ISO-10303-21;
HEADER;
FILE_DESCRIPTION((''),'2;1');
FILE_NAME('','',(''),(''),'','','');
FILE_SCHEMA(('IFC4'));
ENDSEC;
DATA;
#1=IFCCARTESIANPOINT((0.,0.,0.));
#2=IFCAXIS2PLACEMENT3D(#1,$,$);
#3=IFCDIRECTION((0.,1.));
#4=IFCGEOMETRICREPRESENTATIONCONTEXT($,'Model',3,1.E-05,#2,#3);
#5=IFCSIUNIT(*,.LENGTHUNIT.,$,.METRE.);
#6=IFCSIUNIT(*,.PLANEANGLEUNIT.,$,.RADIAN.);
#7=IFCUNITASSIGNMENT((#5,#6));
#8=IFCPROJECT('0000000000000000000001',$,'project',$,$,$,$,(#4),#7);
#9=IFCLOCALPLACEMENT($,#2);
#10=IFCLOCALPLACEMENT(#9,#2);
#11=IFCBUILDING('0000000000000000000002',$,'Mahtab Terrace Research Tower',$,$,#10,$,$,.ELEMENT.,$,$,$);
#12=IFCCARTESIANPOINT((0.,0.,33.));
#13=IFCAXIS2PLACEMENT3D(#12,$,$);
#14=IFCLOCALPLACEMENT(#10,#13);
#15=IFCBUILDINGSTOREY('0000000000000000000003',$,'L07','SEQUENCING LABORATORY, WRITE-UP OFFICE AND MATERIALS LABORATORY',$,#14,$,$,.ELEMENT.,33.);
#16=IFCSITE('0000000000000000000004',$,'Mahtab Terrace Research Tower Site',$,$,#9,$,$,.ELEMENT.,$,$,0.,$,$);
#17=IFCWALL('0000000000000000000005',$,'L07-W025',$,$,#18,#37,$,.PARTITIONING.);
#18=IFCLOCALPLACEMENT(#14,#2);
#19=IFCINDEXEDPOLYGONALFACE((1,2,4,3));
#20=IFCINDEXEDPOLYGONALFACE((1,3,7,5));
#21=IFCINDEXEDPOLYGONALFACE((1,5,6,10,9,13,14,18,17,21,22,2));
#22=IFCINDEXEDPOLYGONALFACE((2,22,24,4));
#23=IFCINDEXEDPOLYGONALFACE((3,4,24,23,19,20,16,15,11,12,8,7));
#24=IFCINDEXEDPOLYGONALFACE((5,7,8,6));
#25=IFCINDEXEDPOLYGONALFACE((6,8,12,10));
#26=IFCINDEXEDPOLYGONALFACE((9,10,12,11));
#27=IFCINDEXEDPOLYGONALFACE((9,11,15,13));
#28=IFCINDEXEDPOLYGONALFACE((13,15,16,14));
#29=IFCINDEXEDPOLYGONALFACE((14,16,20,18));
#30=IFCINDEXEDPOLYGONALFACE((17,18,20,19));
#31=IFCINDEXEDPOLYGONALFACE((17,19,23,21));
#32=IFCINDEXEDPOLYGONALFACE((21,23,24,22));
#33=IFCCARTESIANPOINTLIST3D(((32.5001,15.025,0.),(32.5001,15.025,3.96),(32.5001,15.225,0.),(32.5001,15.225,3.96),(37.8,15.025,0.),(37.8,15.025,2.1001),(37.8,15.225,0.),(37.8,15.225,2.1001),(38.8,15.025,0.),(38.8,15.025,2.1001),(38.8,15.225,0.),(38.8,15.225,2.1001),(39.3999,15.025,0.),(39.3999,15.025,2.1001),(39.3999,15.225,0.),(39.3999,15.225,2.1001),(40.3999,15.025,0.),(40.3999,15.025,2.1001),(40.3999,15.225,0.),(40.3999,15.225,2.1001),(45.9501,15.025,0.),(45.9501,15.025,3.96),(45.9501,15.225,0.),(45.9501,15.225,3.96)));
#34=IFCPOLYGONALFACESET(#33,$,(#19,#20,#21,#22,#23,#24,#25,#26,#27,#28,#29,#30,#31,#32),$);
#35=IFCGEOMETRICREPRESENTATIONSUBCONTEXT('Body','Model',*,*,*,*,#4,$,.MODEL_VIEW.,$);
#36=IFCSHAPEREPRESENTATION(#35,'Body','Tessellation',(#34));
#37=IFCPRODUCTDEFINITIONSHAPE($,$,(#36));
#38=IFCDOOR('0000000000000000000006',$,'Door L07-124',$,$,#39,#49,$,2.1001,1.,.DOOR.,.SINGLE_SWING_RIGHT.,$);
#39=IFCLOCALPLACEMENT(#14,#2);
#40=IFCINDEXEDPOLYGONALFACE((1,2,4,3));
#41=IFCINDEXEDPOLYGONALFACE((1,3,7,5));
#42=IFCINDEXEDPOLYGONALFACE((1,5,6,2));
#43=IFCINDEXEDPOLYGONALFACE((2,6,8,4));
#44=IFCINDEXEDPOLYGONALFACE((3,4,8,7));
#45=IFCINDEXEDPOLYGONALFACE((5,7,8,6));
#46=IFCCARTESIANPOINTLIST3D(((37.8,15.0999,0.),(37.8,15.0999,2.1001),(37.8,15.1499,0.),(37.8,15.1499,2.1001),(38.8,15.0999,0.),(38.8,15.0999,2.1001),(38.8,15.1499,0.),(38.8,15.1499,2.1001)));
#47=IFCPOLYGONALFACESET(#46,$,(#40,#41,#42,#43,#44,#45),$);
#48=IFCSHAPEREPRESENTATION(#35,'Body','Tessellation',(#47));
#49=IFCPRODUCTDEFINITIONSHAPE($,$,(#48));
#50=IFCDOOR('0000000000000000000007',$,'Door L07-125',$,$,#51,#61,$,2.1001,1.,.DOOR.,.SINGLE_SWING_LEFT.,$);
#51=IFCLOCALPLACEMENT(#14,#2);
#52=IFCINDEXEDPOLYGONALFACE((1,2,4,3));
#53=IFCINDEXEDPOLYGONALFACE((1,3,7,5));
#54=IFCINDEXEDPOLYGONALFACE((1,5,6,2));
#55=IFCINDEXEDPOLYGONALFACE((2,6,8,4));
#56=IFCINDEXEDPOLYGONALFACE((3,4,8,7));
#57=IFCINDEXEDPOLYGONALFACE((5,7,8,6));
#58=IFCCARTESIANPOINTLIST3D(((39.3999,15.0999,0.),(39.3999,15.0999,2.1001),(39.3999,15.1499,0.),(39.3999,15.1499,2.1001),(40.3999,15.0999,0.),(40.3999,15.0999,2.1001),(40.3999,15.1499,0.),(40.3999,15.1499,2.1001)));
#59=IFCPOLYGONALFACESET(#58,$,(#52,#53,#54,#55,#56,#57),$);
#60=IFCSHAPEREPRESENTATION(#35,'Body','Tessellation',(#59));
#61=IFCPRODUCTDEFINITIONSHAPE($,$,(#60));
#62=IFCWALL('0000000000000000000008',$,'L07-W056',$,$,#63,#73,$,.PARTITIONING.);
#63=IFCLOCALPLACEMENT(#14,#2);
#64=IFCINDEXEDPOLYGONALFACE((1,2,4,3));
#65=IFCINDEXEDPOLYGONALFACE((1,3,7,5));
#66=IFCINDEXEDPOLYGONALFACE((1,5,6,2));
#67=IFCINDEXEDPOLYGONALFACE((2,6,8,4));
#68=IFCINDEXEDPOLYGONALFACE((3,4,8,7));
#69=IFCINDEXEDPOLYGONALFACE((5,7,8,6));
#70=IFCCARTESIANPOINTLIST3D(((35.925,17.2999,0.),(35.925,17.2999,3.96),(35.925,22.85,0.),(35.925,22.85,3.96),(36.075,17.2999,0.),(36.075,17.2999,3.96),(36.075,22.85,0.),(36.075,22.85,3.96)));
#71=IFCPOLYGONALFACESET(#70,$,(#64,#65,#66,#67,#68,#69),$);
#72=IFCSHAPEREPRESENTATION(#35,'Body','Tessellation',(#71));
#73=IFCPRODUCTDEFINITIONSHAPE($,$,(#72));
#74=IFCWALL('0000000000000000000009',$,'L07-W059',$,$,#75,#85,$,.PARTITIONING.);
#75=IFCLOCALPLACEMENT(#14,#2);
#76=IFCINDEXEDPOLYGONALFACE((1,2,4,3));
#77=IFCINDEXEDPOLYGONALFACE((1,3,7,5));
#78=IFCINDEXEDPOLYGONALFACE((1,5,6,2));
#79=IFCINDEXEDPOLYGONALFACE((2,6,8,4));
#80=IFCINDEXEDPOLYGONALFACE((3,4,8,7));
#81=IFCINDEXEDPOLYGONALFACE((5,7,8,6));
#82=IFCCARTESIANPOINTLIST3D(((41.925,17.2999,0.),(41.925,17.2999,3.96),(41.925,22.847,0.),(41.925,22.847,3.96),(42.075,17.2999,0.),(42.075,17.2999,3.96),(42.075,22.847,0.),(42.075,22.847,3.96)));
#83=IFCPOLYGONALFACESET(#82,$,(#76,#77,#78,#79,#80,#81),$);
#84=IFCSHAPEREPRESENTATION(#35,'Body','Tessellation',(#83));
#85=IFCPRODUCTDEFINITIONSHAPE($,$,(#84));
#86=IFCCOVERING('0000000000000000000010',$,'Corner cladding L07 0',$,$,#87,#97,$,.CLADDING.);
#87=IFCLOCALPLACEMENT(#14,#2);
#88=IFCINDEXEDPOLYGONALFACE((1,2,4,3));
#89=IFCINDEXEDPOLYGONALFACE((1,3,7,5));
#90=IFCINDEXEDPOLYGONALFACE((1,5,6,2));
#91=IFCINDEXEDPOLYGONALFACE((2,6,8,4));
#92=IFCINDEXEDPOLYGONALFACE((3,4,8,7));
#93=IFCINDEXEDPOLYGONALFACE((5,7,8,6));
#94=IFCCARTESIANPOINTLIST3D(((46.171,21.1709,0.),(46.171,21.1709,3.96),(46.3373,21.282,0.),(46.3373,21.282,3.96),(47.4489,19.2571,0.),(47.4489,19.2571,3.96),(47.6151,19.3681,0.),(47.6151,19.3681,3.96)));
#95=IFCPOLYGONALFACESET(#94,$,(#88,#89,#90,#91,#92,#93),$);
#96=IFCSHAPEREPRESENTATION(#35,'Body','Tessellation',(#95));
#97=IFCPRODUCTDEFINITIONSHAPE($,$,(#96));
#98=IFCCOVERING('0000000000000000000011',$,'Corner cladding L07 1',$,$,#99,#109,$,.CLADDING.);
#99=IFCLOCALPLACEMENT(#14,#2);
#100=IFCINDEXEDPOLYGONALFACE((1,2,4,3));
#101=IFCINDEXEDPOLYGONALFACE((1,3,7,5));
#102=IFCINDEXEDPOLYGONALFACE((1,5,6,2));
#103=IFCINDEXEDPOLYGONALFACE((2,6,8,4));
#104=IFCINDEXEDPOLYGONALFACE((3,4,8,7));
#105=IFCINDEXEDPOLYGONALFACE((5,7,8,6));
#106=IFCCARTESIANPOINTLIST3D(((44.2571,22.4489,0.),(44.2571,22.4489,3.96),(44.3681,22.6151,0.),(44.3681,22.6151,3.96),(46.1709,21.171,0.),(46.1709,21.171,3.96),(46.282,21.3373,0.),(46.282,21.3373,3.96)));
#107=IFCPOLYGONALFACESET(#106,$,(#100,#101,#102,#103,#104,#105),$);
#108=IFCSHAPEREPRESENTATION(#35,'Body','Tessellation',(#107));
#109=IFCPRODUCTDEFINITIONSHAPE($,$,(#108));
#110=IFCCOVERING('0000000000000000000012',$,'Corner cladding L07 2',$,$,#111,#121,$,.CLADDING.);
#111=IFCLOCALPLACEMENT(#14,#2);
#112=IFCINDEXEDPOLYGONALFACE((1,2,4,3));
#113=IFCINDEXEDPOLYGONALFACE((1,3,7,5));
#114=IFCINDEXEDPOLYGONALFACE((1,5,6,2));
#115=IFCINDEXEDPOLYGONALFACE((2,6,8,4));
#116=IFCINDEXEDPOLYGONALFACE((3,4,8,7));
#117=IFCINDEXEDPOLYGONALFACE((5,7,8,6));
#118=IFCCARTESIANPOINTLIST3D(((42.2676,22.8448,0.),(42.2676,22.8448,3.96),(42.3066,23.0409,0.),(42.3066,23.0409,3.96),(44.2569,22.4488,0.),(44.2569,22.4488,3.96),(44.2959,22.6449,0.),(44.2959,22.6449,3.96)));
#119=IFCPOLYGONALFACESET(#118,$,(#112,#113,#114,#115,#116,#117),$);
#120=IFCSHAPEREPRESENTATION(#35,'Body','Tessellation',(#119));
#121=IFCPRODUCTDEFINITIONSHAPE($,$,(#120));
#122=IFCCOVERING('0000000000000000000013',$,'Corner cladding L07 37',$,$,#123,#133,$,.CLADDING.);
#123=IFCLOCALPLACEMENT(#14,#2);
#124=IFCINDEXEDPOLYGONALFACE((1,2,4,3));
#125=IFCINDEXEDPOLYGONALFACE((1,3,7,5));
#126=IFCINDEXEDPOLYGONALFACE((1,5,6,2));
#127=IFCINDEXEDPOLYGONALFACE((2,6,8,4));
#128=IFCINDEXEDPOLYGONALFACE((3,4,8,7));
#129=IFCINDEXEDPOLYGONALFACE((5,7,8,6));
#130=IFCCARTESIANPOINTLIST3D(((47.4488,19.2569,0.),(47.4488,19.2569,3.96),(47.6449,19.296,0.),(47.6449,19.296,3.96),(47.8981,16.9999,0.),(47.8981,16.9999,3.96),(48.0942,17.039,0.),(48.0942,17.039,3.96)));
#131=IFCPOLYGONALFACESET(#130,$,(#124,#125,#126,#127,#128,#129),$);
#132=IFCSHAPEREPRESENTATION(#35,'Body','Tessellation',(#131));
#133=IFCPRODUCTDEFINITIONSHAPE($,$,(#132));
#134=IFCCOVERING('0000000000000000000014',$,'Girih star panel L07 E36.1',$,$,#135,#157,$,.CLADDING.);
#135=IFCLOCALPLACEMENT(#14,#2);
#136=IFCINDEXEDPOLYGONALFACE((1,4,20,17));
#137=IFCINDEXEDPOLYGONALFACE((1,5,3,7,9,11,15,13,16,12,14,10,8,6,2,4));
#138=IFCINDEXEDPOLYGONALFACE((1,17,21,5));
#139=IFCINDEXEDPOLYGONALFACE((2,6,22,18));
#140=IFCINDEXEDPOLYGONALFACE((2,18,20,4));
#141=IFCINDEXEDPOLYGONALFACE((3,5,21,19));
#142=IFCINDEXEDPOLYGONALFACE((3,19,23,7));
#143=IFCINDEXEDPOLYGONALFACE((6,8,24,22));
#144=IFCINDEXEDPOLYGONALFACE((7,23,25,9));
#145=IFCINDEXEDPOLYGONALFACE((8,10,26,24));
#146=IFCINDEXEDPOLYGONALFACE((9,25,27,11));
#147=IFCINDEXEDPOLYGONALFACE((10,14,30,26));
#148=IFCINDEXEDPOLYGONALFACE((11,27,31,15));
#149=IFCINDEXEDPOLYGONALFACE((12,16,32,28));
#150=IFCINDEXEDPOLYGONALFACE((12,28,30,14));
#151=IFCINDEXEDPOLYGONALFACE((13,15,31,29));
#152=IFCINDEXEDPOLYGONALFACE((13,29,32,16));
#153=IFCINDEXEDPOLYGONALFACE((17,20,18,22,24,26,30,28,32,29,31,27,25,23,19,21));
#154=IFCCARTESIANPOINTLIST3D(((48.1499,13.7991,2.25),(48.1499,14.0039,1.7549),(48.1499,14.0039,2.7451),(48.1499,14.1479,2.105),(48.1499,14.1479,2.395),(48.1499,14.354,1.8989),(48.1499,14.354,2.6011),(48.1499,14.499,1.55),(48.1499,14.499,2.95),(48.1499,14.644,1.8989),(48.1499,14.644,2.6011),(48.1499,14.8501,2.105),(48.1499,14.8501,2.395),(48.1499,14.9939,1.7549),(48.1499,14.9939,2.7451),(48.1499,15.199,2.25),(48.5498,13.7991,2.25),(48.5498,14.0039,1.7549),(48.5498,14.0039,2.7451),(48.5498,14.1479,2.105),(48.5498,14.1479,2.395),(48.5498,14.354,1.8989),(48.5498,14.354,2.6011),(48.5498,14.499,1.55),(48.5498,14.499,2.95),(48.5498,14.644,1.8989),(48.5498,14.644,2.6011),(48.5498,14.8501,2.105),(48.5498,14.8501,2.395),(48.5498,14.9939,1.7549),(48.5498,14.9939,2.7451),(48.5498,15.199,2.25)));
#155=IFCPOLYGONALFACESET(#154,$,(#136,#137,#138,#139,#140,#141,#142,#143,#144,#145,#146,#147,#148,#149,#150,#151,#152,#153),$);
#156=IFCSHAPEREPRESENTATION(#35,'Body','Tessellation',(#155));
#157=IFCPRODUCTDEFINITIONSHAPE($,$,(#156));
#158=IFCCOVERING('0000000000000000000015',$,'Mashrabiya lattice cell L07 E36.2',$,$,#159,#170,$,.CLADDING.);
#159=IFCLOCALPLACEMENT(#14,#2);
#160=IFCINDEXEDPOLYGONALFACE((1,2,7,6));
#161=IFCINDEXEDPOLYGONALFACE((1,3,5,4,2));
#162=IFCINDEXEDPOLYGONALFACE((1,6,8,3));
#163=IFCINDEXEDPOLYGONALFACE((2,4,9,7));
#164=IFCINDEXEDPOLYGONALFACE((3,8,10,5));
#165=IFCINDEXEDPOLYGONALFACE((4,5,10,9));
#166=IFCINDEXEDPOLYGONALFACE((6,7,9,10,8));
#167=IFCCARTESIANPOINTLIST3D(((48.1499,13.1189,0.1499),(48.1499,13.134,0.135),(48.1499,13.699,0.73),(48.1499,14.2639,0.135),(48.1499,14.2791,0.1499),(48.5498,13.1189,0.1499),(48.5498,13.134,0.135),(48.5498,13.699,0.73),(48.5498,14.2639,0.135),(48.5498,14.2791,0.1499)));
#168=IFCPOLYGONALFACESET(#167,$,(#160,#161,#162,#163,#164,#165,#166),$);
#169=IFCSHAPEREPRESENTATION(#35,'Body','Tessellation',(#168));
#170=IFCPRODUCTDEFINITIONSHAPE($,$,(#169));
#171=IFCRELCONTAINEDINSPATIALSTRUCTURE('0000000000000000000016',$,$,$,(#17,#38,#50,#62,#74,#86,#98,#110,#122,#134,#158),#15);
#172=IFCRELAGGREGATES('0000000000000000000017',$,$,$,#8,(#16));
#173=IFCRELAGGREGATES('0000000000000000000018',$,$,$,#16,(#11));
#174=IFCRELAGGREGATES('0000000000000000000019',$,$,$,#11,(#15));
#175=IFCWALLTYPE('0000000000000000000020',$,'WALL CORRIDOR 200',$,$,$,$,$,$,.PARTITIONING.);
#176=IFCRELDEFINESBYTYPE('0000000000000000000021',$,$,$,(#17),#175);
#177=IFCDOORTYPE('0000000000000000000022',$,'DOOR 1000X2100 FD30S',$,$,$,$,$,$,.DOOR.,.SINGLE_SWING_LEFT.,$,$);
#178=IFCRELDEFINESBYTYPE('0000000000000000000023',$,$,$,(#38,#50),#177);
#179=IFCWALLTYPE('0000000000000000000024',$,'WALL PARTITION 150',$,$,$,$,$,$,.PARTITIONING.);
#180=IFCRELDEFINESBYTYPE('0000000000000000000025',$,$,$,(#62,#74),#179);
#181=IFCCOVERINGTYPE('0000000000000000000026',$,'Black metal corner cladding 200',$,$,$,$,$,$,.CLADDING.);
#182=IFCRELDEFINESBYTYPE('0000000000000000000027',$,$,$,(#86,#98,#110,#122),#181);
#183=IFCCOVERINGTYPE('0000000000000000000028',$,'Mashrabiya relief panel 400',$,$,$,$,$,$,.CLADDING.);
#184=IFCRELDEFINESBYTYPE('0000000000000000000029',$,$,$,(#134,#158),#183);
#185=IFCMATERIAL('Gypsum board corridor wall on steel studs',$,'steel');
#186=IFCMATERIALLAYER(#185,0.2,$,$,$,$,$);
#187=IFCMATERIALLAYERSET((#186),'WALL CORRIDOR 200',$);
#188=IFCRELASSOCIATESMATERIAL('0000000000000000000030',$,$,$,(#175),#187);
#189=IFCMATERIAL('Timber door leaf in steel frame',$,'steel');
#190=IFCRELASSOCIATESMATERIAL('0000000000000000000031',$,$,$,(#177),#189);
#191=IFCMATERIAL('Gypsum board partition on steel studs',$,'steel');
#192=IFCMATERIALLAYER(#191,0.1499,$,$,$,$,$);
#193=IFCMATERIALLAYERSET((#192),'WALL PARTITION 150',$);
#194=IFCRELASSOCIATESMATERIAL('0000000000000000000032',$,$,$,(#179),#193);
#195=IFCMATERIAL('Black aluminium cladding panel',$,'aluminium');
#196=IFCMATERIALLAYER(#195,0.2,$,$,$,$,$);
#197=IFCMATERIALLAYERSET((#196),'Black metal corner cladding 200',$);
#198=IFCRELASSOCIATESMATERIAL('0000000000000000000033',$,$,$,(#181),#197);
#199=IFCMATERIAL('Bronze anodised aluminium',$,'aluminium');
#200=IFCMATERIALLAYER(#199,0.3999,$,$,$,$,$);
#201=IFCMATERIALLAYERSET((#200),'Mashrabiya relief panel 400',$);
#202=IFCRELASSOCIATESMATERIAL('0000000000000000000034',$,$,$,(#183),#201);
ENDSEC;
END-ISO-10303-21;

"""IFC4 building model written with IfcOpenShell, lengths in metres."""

from ifc_helpers import new_model, si_unit, direction, frame, frame_2d, origin, origin_2d, place, context, subcontext, project, spatial, polyline, rectangle, outline, extrude, material, layer, layer_set, type_object, element, fill, save


model = new_model("IFC4")

# Units and contexts
model_context = context("Model", 3, precision=1e-05, world=origin(), true_north=direction((0.0, 1.0)))
body_context = subcontext(model_context, "Body", "Model", "MODEL_VIEW")
ifc_project = project(units=[si_unit("LENGTHUNIT", "METRE"), si_unit("PLANEANGLEUNIT", "RADIAN")], contexts=[model_context])

# Site, building, storey
site_placement = place(None, origin())
site = spatial("IfcSite", under=ifc_project, at=site_placement, Name="Mahtab Terrace Research Tower Site", CompositionType="ELEMENT", RefElevation=0.0)
building_placement = place(site_placement, origin())
building = spatial("IfcBuilding", under=site, at=building_placement, Name="Mahtab Terrace Research Tower", CompositionType="ELEMENT")
storey_placement = place(building_placement, frame((0.0, 0.0, 33.0)))
storey = spatial("IfcBuildingStorey", under=building, at=storey_placement, Name="L07", Description="SEQUENCING LABORATORY, WRITE-UP OFFICE AND MATERIALS LABORATORY", CompositionType="ELEMENT", Elevation=33.0)

# Shared definitions
ifc_material_1 = material(Name="Black aluminium cladding panel", Category="aluminium")

# Wall, openings, doors
ifc_material_2 = material(Name="Gypsum board corridor wall on steel studs", Category="steel")
ifc_layer_1 = layer(ifc_material_2, 0.2)
ifc_layer_set_1 = layer_set([ifc_layer_1], Name="WALL CORRIDOR 200")
wall_type_1 = type_object("IfcWallType", Name="WALL CORRIDOR 200", PredefinedType="PARTITIONING", material=ifc_layer_set_1)
wall_1_placement = place(storey_placement, frame((32.5, 15.125, 0.0), z_axis=(0.0, 0.0, 1.0), x_axis=(1.0, 0.0, 0.0)))
wall_1 = element("IfcWall", 1, at=wall_1_placement, inside=storey, type_object=wall_type_1, Name="L07-W025", PredefinedType="PARTITIONING", context=body_context, shape_type="SweptSolid", body=[
    extrude(rectangle(XDim=13.45, YDim=0.2, at=frame_2d((6.7251, 0.0))), origin(), (0.0, 0.0, 1.0), 3.96),
])
opening_1_placement = place(wall_1_placement, frame((5.3, 0.0, 0.0)))
opening_1 = element("IfcOpeningElement", 2, at=opening_1_placement, cuts=wall_1, PredefinedType="OPENING", context=body_context, shape_type="SweptSolid", body=[
    extrude(rectangle(XDim=1.0, YDim=2.1001, at=frame_2d((0.5, 1.05))), frame((0.0, 0.1099, 0.0), z_axis=(0.0, -1.0, 0.0), x_axis=(1.0, 0.0, 0.0)), (0.0, 0.0, 1.0), 0.22),
])
opening_2_placement = place(wall_1_placement, frame((6.8999, 0.0, 0.0)))
opening_2 = element("IfcOpeningElement", 3, at=opening_2_placement, cuts=wall_1, PredefinedType="OPENING", context=body_context, shape_type="SweptSolid", body=[
    extrude(rectangle(XDim=1.0, YDim=2.1001, at=frame_2d((0.5, 1.05))), frame((0.0, 0.1099, 0.0), z_axis=(0.0, -1.0, 0.0), x_axis=(1.0, 0.0, 0.0)), (0.0, 0.0, 1.0), 0.22),
])
ifc_material_3 = material(Name="Timber door leaf in steel frame", Category="steel")
door_type = type_object("IfcDoorType", Name="DOOR 1000X2100 FD30S", OperationType="SINGLE_SWING_LEFT", PredefinedType="DOOR", material=ifc_material_3)
door_1_placement = place(opening_1_placement, origin())
door_1 = element("IfcDoor", 4, at=door_1_placement, inside=storey, type_object=door_type, Name="Door L07-124", OperationType="SINGLE_SWING_RIGHT", OverallHeight=2.1001, OverallWidth=1.0, PredefinedType="DOOR", context=body_context, shape_type="SweptSolid", body=[
    extrude(rectangle(XDim=1.0, YDim=2.1001, at=frame_2d((0.5, 1.05))), frame((0.0, 0.0249, 0.0), z_axis=(0.0, -1.0, 0.0), x_axis=(1.0, 0.0, 0.0)), (0.0, 0.0, 1.0), 0.05),
])
fill(opening_1, door_1)
door_2_placement = place(opening_2_placement, origin())
door_2 = element("IfcDoor", 5, at=door_2_placement, inside=storey, type_object=door_type, Name="Door L07-125", OperationType="SINGLE_SWING_LEFT", OverallHeight=2.1001, OverallWidth=1.0, PredefinedType="DOOR", context=body_context, shape_type="SweptSolid", body=[
    extrude(rectangle(XDim=1.0, YDim=2.1001, at=frame_2d((0.5, 1.05))), frame((0.0, 0.0249, 0.0), z_axis=(0.0, -1.0, 0.0), x_axis=(1.0, 0.0, 0.0)), (0.0, 0.0, 1.0), 0.05),
])
fill(opening_2, door_2)

# Walls
ifc_material_4 = material(Name="Gypsum board partition on steel studs", Category="steel")
ifc_layer_2 = layer(ifc_material_4, 0.1499)
ifc_layer_set_2 = layer_set([ifc_layer_2], Name="WALL PARTITION 150")
wall_type_2 = type_object("IfcWallType", Name="WALL PARTITION 150", PredefinedType="PARTITIONING", material=ifc_layer_set_2)
wall_2_placement = place(storey_placement, frame((36.0, 17.3, 0.0), z_axis=(0.0, 0.0, 1.0), x_axis=(0.0, 1.0, 0.0)))
element("IfcWall", 6, at=wall_2_placement, inside=storey, type_object=wall_type_2, Name="L07-W056", PredefinedType="PARTITIONING", context=body_context, shape_type="SweptSolid", body=[
    extrude(rectangle(XDim=5.55, YDim=0.1499, at=frame_2d((2.7749, 0.0))), origin(), (0.0, 0.0, 1.0), 3.96),
])
wall_3_placement = place(storey_placement, frame((42.0, 17.3, 0.0), z_axis=(0.0, 0.0, 1.0), x_axis=(0.0, 1.0, 0.0)))
element("IfcWall", 7, at=wall_3_placement, inside=storey, type_object=wall_type_2, Name="L07-W059", PredefinedType="PARTITIONING", context=body_context, shape_type="SweptSolid", body=[
    extrude(rectangle(XDim=5.5471, YDim=0.1499, at=frame_2d((2.7734, 0.0))), origin(), (0.0, 0.0, 1.0), 3.96),
])

# Coverings
ifc_layer_3 = layer(ifc_material_1, 0.2)
ifc_layer_set_3 = layer_set([ifc_layer_3], Name="Black metal corner cladding 200")
covering_type_1 = type_object("IfcCoveringType", Name="Black metal corner cladding 200", PredefinedType="CLADDING", material=ifc_layer_set_3)
for number, where, z_axis, x_axis, name in (
    (8, (46.8931, 20.2695, 0.0), (0.0, 0.0, 1.0), (-0.555291, 0.831656, 0.0), "Corner cladding L07 0"),
    (9, (45.2695, 21.8931, 0.0), (0.0, 0.0, 1.0), (-0.831656, 0.555291, 0.0), "Corner cladding L07 1"),
):
    element("IfcCovering", number, at=place(storey_placement, frame(where, z_axis=z_axis, x_axis=x_axis)), inside=storey, type_object=covering_type_1, Name=name, PredefinedType="CLADDING", context=body_context, shape_type="SweptSolid", body=[
        extrude(rectangle(XDim=2.3013, YDim=0.2, at=origin_2d()), origin(), (0.0, 0.0, 1.0), 3.96),
    ])
covering_1_placement = place(storey_placement, frame((43.2817, 22.7449, 0.0), z_axis=(0.0, 0.0, 1.0), x_axis=(-0.980761, 0.195212, 0.0)))
element("IfcCovering", 10, at=covering_1_placement, inside=storey, type_object=covering_type_1, Name="Corner cladding L07 2", PredefinedType="CLADDING", context=body_context, shape_type="SweptSolid", body=[
    extrude(rectangle(XDim=2.0283, YDim=0.2, at=origin_2d()), origin(), (0.0, 0.0, 1.0), 3.96),
])
covering_2_placement = place(storey_placement, frame((47.7715, 18.1479, 0.0), z_axis=(0.0, 0.0, 1.0), x_axis=(-0.195212, 0.980761, 0.0)))
element("IfcCovering", 11, at=covering_2_placement, inside=storey, type_object=covering_type_1, Name="Corner cladding L07 37", PredefinedType="CLADDING", context=body_context, shape_type="SweptSolid", body=[
    extrude(rectangle(XDim=2.3013, YDim=0.2, at=origin_2d()), origin(), (0.0, 0.0, 1.0), 3.96),
])
ifc_material_5 = material(Name="Bronze anodised aluminium", Category="aluminium")
ifc_layer_4 = layer(ifc_material_5, 0.3999)
ifc_layer_set_4 = layer_set([ifc_layer_4], Name="Mashrabiya relief panel 400")
covering_type_2 = type_object("IfcCoveringType", Name="Mashrabiya relief panel 400", PredefinedType="CLADDING", material=ifc_layer_set_4)
covering_3_placement = place(storey_placement, frame((48.1499, 14.644, 2.6011), z_axis=(-1.0, 0.0, 0.0), x_axis=(0.0, 0.924691, 0.380717)))
element("IfcCovering", 12, at=covering_3_placement, inside=storey, type_object=covering_type_2, Name="Girih star panel L07 E36.1", PredefinedType="CLADDING", context=body_context, shape_type="SweptSolid", body=[
    extrude(outline(polyline([(0.0, 0.0), (0.3783, 0.0), (0.1121, 0.269), (0.3795, 0.5359), (0.0017, 0.5372), (0.0013, 0.9157), (-0.2673, 0.6493), (-0.5342, 0.9167), (-0.5355, 0.5388), (-0.9141, 0.5388), (-0.6476, 0.2699), (-0.915, 0.0029), (-0.5372, 0.0017), (-0.5371, -0.3769), (-0.2682, -0.1104), (-0.0013, -0.3778), (0.0, 0.0)])), origin(), (0.0, 0.0, -1.0), 0.3999),
])
covering_4_placement = place(storey_placement, frame((48.1499, 13.1189, 0.1499), z_axis=(-1.0, 0.0, 0.0), x_axis=(0.0, 0.707107, 0.707107)))
element("IfcCovering", 13, at=covering_4_placement, inside=storey, type_object=covering_type_2, Name="Mashrabiya lattice cell L07 E36.2", PredefinedType="CLADDING", context=body_context, shape_type="SweptSolid", body=[
    extrude(outline(polyline([(0.0, 0.0), (0.8204, 0.0), (0.8204, 0.8204), (0.7991, 0.8202), (0.0002, 0.0212), (0.0, 0.0)])), origin(), (0.0, 0.0, -1.0), 0.3999),
])

save(model, "model.ifc")
